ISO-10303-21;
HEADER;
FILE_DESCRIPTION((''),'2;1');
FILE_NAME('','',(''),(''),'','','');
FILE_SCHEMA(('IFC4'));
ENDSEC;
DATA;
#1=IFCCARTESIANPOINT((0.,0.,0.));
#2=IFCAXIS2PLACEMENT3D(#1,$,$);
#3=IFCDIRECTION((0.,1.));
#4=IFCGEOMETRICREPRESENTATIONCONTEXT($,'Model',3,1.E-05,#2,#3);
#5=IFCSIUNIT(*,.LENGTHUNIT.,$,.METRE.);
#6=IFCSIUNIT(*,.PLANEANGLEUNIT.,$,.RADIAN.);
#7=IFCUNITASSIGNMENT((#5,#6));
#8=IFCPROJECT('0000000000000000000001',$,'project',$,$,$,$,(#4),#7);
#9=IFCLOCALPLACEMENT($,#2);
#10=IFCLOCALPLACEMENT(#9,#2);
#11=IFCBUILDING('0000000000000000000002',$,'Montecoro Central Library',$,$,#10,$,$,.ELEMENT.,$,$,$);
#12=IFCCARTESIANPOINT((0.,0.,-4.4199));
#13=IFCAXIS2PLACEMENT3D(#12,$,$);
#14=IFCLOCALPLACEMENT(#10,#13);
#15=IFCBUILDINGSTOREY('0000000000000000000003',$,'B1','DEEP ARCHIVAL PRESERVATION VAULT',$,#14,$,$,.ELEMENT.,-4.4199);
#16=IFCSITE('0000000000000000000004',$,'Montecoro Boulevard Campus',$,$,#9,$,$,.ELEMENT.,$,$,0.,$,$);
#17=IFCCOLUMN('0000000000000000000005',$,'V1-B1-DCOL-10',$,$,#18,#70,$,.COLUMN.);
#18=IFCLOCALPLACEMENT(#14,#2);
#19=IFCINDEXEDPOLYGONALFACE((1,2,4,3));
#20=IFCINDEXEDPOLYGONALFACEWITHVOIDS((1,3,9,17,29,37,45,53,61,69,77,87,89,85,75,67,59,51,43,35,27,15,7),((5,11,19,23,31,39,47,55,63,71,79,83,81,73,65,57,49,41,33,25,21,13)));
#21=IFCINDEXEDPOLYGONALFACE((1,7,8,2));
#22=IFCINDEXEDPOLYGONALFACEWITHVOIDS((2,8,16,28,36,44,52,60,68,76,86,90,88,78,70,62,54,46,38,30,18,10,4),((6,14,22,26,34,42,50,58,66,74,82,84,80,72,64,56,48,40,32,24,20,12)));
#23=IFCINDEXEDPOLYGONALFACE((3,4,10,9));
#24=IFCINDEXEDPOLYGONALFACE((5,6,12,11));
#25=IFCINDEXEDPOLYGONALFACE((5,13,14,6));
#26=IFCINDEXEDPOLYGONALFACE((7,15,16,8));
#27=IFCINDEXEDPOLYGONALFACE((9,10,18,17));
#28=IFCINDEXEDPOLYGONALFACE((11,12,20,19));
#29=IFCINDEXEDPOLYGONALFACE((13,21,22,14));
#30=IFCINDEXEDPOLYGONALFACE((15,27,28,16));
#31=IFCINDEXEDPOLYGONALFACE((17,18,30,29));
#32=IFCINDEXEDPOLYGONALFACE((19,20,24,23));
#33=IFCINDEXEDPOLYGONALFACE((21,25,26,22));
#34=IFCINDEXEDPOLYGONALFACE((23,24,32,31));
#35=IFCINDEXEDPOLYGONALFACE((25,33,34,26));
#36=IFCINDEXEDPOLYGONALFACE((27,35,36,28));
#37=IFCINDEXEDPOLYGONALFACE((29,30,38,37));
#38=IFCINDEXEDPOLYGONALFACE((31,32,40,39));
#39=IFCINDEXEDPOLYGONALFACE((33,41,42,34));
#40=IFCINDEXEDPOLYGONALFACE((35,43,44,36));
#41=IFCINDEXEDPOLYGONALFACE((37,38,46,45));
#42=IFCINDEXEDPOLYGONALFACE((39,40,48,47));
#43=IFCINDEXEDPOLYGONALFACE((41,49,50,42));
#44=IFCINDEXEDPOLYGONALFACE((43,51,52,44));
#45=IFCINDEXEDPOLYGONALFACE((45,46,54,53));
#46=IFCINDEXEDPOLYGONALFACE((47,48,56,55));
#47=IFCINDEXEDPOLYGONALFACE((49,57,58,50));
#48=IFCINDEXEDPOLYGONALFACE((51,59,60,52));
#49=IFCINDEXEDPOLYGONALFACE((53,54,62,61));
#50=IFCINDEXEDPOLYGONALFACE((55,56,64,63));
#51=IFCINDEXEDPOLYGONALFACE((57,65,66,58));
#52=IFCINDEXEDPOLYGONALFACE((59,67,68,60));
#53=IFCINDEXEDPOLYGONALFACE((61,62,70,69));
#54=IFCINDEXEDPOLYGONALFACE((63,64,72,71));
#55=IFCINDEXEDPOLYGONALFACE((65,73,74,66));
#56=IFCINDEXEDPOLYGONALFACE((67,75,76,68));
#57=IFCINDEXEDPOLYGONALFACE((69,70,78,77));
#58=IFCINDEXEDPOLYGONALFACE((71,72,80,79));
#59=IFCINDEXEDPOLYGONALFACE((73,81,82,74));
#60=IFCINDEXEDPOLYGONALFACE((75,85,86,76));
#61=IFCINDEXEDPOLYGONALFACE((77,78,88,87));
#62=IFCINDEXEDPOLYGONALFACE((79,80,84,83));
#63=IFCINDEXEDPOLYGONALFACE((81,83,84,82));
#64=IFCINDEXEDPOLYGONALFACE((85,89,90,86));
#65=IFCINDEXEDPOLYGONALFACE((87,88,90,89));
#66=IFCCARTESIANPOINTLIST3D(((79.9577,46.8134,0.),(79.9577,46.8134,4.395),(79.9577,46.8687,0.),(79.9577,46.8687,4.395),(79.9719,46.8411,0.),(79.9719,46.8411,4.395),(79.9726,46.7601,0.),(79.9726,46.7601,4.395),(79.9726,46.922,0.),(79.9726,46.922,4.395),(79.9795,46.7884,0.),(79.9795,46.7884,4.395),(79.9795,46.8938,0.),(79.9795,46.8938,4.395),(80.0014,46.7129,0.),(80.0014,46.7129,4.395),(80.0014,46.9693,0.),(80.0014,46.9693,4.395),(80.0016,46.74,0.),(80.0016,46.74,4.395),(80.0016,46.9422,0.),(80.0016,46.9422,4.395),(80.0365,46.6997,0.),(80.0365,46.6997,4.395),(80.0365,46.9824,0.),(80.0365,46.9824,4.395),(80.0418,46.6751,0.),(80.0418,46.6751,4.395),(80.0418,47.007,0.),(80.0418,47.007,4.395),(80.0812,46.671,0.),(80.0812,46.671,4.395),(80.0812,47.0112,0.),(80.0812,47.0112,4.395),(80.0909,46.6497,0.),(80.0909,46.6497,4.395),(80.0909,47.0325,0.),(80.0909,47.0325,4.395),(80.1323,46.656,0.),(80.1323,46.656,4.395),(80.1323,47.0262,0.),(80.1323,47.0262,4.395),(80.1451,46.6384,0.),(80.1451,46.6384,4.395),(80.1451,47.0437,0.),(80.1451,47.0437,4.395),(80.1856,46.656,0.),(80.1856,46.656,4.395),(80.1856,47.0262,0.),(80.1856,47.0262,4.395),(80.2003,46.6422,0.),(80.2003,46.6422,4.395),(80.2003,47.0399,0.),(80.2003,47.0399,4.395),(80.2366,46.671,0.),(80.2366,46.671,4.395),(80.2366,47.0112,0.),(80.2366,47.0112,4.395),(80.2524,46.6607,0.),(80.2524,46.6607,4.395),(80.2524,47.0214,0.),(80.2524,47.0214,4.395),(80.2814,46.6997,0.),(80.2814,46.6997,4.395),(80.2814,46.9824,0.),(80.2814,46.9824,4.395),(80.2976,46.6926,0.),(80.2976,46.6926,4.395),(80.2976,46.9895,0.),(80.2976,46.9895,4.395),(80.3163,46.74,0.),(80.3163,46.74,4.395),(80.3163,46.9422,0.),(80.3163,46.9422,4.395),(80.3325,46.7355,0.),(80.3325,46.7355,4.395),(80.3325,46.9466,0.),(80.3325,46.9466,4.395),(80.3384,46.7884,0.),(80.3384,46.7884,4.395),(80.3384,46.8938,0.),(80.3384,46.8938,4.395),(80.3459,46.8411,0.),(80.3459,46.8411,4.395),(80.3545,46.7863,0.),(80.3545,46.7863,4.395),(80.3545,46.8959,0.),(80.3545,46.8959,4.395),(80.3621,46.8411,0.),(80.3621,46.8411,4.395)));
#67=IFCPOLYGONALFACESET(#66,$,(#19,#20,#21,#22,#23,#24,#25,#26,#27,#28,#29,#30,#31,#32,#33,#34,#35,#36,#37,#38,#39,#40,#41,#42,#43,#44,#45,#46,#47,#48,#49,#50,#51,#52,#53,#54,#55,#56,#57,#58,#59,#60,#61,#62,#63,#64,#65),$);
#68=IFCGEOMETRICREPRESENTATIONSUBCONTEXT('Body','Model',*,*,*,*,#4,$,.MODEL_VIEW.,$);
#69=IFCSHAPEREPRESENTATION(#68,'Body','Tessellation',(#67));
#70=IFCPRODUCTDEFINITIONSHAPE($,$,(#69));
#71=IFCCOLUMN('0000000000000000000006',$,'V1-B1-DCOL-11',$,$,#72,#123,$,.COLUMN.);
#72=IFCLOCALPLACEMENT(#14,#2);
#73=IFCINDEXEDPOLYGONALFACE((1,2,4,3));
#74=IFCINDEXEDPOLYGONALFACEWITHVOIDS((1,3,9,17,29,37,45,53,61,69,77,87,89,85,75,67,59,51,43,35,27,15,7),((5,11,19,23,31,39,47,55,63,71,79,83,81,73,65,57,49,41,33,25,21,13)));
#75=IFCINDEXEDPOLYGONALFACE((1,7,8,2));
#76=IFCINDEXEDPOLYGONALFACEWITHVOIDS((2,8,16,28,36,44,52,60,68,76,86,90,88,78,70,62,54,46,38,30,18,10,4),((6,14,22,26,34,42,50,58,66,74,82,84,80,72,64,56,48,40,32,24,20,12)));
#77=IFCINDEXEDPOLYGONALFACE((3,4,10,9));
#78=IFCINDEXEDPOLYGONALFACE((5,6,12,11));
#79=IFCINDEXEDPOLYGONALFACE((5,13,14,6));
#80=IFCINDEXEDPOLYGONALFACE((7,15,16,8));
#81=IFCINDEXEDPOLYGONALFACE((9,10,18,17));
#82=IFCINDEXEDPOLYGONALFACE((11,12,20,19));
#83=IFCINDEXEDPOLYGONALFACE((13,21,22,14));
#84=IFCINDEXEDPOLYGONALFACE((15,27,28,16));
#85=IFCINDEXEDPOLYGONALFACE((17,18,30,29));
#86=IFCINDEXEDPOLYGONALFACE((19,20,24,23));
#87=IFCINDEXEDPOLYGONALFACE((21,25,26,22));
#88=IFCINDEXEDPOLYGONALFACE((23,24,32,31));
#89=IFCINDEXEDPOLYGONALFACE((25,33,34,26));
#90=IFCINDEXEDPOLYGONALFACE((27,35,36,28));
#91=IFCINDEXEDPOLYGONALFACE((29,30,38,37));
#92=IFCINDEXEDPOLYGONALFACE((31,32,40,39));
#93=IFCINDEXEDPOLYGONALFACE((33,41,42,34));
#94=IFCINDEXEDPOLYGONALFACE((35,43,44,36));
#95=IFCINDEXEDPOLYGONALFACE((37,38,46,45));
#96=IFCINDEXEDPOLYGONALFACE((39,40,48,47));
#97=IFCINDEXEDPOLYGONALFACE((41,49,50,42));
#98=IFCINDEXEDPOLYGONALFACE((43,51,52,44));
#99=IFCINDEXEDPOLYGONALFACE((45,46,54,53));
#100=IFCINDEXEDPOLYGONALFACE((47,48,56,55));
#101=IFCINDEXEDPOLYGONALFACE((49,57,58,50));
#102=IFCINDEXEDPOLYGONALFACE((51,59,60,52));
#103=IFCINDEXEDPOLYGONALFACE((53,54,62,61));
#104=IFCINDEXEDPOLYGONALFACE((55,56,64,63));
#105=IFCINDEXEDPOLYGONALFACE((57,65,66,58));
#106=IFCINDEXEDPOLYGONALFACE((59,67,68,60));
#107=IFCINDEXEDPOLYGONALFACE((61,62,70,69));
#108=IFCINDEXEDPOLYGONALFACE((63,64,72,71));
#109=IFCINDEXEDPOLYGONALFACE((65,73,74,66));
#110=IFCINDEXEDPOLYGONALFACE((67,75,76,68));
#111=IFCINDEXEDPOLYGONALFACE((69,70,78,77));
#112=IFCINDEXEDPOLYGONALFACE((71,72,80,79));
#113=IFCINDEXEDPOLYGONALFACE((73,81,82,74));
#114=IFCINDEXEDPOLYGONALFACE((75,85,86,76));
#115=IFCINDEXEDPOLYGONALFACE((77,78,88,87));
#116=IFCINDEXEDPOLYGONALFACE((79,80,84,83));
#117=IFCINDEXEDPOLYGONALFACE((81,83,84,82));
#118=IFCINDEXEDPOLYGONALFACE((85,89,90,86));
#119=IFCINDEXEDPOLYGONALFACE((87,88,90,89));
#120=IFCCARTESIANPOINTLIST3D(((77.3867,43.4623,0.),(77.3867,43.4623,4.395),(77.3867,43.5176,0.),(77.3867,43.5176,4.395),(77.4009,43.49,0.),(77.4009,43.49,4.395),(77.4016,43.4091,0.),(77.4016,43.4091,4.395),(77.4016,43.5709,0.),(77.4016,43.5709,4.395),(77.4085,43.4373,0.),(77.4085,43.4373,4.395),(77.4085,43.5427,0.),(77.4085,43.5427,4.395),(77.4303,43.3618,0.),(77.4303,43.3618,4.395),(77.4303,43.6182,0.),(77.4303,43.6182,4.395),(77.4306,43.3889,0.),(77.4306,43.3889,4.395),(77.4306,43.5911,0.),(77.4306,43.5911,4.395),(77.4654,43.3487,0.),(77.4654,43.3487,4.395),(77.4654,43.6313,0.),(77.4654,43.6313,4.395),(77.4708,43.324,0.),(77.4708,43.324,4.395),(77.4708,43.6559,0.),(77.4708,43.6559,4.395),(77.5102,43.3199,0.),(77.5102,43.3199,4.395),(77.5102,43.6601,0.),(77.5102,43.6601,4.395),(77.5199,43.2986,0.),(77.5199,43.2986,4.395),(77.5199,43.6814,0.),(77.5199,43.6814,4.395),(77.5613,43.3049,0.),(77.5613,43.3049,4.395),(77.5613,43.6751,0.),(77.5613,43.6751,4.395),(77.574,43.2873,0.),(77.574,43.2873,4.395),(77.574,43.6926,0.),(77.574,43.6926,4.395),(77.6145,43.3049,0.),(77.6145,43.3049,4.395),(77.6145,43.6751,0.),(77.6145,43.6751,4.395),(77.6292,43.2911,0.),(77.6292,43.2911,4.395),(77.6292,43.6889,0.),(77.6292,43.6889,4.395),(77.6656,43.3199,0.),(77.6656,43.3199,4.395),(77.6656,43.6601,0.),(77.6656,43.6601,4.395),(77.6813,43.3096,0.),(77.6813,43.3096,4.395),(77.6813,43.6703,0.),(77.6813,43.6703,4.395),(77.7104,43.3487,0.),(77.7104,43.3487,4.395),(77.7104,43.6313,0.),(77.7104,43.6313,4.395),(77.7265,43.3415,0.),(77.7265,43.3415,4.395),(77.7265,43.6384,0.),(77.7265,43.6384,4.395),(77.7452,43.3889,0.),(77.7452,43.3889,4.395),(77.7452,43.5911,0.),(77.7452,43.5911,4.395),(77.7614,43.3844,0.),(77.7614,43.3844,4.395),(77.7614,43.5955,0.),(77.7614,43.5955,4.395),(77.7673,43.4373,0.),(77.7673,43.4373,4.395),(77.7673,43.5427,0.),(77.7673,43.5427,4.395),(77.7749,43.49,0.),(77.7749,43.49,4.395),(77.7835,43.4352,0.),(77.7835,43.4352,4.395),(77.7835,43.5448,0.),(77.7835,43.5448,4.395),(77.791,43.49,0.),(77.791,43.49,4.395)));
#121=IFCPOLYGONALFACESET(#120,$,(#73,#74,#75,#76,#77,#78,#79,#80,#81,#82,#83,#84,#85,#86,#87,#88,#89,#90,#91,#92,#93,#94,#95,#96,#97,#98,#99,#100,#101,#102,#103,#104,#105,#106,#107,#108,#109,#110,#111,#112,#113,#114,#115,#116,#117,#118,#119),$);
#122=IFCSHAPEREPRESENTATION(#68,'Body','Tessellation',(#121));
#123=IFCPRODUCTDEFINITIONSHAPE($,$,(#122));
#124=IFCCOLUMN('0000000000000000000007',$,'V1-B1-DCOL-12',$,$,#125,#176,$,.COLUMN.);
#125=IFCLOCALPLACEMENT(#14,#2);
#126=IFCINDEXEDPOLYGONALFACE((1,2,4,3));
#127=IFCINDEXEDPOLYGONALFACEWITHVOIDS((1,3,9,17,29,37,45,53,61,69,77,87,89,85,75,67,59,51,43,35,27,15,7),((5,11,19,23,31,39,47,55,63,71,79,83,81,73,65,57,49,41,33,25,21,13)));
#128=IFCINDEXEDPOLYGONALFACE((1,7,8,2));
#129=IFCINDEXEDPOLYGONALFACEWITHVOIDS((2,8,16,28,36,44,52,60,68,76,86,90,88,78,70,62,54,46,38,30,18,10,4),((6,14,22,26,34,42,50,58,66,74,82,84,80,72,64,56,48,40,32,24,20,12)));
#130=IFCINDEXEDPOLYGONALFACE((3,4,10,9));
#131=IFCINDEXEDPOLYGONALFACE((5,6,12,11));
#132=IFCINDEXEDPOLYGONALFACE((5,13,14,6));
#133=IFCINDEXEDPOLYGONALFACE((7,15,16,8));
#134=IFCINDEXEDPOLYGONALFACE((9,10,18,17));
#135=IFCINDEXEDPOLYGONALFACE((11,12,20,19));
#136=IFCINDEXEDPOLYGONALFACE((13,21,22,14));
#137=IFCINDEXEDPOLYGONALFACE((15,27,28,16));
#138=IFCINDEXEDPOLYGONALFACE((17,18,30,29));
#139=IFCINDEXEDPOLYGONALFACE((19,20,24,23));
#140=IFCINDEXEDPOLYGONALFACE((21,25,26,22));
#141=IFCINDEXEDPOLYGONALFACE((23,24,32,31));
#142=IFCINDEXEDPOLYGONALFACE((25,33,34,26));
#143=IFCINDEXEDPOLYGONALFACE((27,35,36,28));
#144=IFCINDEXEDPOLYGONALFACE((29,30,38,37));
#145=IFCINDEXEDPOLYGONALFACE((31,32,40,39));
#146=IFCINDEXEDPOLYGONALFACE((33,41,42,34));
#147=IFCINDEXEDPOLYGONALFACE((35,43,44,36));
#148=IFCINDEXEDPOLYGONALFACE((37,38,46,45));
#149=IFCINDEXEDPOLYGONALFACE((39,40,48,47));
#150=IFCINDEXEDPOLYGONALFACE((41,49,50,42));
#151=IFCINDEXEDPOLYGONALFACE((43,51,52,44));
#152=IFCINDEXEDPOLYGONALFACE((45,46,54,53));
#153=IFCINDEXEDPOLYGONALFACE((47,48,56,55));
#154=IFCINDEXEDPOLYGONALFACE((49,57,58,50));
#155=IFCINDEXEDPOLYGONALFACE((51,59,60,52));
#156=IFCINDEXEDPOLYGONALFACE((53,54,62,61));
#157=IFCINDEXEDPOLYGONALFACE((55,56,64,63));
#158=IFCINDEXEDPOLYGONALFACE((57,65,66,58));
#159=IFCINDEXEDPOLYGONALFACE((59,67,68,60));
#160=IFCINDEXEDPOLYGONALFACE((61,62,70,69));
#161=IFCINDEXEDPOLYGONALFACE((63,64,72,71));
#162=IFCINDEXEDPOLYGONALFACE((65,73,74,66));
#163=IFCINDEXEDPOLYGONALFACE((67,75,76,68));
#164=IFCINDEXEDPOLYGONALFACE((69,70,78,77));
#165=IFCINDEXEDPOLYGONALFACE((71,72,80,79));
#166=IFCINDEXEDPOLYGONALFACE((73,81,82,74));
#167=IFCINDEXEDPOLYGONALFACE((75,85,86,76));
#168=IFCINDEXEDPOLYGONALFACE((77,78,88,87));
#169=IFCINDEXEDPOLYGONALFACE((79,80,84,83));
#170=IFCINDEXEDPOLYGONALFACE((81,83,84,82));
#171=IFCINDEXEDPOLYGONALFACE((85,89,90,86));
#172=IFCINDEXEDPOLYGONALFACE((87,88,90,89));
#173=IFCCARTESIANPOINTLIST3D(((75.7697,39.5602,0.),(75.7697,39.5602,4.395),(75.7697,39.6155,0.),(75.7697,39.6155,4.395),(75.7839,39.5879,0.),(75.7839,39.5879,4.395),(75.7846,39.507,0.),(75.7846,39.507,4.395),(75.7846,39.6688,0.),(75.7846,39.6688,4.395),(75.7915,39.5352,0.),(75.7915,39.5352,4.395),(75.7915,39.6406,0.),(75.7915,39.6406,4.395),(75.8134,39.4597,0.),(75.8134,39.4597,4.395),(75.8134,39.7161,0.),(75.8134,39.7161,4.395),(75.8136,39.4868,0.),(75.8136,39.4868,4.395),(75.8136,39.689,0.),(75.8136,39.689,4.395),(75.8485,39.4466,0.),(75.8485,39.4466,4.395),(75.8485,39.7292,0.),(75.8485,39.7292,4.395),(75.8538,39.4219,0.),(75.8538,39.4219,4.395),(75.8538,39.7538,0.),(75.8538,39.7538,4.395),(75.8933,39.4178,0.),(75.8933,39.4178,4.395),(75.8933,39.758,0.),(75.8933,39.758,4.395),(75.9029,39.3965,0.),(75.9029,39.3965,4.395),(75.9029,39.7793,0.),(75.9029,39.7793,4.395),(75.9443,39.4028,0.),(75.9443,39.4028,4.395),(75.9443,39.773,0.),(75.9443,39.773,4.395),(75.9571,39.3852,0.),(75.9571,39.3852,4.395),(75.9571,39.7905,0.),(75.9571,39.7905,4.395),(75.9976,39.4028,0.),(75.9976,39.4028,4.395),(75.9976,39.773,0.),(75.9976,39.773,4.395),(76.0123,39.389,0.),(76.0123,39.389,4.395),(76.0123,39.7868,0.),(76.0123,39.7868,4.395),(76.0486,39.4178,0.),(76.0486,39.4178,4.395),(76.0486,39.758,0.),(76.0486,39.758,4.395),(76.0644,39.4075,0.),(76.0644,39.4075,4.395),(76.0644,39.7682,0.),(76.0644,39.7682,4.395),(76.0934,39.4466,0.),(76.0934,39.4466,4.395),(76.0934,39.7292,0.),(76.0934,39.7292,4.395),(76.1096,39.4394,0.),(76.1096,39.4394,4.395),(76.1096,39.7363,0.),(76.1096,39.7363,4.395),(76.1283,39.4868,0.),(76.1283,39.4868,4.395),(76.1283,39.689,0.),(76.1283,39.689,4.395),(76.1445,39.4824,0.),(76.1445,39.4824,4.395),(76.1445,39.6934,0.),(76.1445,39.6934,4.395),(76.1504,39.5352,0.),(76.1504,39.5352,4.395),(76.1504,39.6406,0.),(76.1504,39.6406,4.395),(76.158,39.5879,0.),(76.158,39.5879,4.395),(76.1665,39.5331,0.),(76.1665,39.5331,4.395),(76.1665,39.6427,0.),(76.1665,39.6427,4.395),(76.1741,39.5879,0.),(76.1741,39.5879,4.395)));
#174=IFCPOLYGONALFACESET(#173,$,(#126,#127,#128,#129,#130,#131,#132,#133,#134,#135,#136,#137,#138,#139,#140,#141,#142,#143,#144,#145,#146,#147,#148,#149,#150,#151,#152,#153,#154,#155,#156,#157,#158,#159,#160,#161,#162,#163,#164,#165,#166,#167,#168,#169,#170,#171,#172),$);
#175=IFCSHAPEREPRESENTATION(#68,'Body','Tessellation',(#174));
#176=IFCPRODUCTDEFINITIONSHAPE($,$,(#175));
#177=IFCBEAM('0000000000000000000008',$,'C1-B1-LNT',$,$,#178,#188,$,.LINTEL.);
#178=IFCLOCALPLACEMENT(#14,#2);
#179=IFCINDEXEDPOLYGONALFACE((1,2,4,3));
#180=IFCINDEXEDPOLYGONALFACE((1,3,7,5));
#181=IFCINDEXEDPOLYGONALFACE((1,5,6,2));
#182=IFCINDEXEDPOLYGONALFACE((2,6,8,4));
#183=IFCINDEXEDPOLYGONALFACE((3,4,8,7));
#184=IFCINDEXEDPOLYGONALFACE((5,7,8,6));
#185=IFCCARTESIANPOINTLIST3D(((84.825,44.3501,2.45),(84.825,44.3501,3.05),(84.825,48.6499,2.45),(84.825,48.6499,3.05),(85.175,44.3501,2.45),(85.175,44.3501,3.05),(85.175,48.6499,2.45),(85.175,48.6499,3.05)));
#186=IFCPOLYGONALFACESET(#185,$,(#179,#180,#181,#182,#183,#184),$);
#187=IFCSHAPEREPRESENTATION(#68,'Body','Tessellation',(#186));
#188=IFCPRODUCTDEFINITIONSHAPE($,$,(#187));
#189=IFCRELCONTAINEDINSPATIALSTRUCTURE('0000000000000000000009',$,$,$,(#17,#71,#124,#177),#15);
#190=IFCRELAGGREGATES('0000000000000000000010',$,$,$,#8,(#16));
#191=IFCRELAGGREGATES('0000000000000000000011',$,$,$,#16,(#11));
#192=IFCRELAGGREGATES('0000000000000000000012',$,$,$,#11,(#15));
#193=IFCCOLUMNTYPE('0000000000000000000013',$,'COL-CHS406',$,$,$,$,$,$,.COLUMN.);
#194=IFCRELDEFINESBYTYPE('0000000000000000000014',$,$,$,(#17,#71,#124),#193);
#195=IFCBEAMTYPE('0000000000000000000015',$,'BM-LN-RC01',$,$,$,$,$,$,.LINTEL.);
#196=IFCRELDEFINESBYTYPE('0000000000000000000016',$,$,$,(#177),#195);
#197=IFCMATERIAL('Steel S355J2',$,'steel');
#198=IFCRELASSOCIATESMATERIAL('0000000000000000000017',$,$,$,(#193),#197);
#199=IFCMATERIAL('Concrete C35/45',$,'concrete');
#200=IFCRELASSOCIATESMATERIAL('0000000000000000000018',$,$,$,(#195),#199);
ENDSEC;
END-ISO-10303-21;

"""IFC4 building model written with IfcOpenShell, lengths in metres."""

from ifc_helpers import new_model, si_unit, direction, frame, origin, origin_2d, place, context, subcontext, project, spatial, rectangle, hollow_circle, extrude, material, material_profile, profile_set, type_object, element, save


model = new_model("IFC4")

# Units and contexts
model_context = context("Model", 3, precision=1e-05, world=origin(), true_north=direction((0.0, 1.0)))
body_context = subcontext(model_context, "Body", "Model", "MODEL_VIEW")
ifc_project = project(units=[si_unit("LENGTHUNIT", "METRE"), si_unit("PLANEANGLEUNIT", "RADIAN")], contexts=[model_context])

# Site, building, storey
site_placement = place(None, origin())
site = spatial("IfcSite", under=ifc_project, at=site_placement, Name="Montecoro Boulevard Campus", CompositionType="ELEMENT", RefElevation=0.0)
building_placement = place(site_placement, origin())
building = spatial("IfcBuilding", under=site, at=building_placement, Name="Montecoro Central Library", CompositionType="ELEMENT")
storey_placement = place(building_placement, frame((0.0, 0.0, -4.4199)))
storey = spatial("IfcBuildingStorey", under=building, at=storey_placement, Name="B1", Description="DEEP ARCHIVAL PRESERVATION VAULT", CompositionType="ELEMENT", Elevation=-4.4199)

# Shared definitions
ifc_material_1 = material(Name="Concrete C35/45", Category="concrete")

# Columns
ifc_material_2 = material(Name="Steel S355J2", Category="steel")
ifc_material_profile_1 = material_profile(ifc_material_2, hollow_circle(Radius=0.2031, WallThickness=0.0161, at=origin_2d()), Name="CHS 406.4x16.0")
ifc_profile_set_1 = profile_set([ifc_material_profile_1], Name="Steel S355J2")
column_type = type_object("IfcColumnType", Name="COL-CHS406", PredefinedType="COLUMN", material=ifc_profile_set_1)
for number, where, z_axis, x_axis, name in (
    (1, (80.1589, 46.8411, 0.0), (0.0, 0.0, 1.0), (1.0, 0.0, 0.0), "V1-B1-DCOL-10"),
    (2, (77.5879, 43.49, 0.0), (0.0, 0.0, 1.0), (1.0, 0.0, 0.0), "V1-B1-DCOL-11"),
    (3, (75.9709, 39.5879, 0.0), (0.0, 0.0, 1.0), (1.0, 0.0, 0.0), "V1-B1-DCOL-12"),
):
    element("IfcColumn", number, at=place(storey_placement, frame(where, z_axis=z_axis, x_axis=x_axis)), inside=storey, type_object=column_type, Name=name, PredefinedType="COLUMN", context=body_context, shape_type="SweptSolid", body=[
        extrude(hollow_circle(Radius=0.2031, WallThickness=0.0161, at=origin_2d()), origin(), (0.0, 0.0, 1.0), 4.395),
    ])

# Beam
ifc_material_profile_2 = material_profile(ifc_material_1, rectangle(XDim=0.3501, YDim=0.6001, at=origin_2d()), Name="RC LNT 600x350")
ifc_profile_set_2 = profile_set([ifc_material_profile_2], Name="Concrete C35/45")
beam_type_1 = type_object("IfcBeamType", Name="BM-LN-RC01", PredefinedType="LINTEL", material=ifc_profile_set_2)
beam_placement = place(storey_placement, frame((85.0, 44.3501, 2.75), z_axis=(0.0, 1.0, 0.0), x_axis=(-1.0, 0.0, 0.0)))
element("IfcBeam", 4, at=beam_placement, inside=storey, type_object=beam_type_1, Name="C1-B1-LNT", PredefinedType="LINTEL", context=body_context, shape_type="SweptSolid", body=[
    extrude(rectangle(XDim=0.3501, YDim=0.6001, at=origin_2d()), origin(), (0.0, 0.0, 1.0), 4.2998),
])

save(model, "model.ifc")
